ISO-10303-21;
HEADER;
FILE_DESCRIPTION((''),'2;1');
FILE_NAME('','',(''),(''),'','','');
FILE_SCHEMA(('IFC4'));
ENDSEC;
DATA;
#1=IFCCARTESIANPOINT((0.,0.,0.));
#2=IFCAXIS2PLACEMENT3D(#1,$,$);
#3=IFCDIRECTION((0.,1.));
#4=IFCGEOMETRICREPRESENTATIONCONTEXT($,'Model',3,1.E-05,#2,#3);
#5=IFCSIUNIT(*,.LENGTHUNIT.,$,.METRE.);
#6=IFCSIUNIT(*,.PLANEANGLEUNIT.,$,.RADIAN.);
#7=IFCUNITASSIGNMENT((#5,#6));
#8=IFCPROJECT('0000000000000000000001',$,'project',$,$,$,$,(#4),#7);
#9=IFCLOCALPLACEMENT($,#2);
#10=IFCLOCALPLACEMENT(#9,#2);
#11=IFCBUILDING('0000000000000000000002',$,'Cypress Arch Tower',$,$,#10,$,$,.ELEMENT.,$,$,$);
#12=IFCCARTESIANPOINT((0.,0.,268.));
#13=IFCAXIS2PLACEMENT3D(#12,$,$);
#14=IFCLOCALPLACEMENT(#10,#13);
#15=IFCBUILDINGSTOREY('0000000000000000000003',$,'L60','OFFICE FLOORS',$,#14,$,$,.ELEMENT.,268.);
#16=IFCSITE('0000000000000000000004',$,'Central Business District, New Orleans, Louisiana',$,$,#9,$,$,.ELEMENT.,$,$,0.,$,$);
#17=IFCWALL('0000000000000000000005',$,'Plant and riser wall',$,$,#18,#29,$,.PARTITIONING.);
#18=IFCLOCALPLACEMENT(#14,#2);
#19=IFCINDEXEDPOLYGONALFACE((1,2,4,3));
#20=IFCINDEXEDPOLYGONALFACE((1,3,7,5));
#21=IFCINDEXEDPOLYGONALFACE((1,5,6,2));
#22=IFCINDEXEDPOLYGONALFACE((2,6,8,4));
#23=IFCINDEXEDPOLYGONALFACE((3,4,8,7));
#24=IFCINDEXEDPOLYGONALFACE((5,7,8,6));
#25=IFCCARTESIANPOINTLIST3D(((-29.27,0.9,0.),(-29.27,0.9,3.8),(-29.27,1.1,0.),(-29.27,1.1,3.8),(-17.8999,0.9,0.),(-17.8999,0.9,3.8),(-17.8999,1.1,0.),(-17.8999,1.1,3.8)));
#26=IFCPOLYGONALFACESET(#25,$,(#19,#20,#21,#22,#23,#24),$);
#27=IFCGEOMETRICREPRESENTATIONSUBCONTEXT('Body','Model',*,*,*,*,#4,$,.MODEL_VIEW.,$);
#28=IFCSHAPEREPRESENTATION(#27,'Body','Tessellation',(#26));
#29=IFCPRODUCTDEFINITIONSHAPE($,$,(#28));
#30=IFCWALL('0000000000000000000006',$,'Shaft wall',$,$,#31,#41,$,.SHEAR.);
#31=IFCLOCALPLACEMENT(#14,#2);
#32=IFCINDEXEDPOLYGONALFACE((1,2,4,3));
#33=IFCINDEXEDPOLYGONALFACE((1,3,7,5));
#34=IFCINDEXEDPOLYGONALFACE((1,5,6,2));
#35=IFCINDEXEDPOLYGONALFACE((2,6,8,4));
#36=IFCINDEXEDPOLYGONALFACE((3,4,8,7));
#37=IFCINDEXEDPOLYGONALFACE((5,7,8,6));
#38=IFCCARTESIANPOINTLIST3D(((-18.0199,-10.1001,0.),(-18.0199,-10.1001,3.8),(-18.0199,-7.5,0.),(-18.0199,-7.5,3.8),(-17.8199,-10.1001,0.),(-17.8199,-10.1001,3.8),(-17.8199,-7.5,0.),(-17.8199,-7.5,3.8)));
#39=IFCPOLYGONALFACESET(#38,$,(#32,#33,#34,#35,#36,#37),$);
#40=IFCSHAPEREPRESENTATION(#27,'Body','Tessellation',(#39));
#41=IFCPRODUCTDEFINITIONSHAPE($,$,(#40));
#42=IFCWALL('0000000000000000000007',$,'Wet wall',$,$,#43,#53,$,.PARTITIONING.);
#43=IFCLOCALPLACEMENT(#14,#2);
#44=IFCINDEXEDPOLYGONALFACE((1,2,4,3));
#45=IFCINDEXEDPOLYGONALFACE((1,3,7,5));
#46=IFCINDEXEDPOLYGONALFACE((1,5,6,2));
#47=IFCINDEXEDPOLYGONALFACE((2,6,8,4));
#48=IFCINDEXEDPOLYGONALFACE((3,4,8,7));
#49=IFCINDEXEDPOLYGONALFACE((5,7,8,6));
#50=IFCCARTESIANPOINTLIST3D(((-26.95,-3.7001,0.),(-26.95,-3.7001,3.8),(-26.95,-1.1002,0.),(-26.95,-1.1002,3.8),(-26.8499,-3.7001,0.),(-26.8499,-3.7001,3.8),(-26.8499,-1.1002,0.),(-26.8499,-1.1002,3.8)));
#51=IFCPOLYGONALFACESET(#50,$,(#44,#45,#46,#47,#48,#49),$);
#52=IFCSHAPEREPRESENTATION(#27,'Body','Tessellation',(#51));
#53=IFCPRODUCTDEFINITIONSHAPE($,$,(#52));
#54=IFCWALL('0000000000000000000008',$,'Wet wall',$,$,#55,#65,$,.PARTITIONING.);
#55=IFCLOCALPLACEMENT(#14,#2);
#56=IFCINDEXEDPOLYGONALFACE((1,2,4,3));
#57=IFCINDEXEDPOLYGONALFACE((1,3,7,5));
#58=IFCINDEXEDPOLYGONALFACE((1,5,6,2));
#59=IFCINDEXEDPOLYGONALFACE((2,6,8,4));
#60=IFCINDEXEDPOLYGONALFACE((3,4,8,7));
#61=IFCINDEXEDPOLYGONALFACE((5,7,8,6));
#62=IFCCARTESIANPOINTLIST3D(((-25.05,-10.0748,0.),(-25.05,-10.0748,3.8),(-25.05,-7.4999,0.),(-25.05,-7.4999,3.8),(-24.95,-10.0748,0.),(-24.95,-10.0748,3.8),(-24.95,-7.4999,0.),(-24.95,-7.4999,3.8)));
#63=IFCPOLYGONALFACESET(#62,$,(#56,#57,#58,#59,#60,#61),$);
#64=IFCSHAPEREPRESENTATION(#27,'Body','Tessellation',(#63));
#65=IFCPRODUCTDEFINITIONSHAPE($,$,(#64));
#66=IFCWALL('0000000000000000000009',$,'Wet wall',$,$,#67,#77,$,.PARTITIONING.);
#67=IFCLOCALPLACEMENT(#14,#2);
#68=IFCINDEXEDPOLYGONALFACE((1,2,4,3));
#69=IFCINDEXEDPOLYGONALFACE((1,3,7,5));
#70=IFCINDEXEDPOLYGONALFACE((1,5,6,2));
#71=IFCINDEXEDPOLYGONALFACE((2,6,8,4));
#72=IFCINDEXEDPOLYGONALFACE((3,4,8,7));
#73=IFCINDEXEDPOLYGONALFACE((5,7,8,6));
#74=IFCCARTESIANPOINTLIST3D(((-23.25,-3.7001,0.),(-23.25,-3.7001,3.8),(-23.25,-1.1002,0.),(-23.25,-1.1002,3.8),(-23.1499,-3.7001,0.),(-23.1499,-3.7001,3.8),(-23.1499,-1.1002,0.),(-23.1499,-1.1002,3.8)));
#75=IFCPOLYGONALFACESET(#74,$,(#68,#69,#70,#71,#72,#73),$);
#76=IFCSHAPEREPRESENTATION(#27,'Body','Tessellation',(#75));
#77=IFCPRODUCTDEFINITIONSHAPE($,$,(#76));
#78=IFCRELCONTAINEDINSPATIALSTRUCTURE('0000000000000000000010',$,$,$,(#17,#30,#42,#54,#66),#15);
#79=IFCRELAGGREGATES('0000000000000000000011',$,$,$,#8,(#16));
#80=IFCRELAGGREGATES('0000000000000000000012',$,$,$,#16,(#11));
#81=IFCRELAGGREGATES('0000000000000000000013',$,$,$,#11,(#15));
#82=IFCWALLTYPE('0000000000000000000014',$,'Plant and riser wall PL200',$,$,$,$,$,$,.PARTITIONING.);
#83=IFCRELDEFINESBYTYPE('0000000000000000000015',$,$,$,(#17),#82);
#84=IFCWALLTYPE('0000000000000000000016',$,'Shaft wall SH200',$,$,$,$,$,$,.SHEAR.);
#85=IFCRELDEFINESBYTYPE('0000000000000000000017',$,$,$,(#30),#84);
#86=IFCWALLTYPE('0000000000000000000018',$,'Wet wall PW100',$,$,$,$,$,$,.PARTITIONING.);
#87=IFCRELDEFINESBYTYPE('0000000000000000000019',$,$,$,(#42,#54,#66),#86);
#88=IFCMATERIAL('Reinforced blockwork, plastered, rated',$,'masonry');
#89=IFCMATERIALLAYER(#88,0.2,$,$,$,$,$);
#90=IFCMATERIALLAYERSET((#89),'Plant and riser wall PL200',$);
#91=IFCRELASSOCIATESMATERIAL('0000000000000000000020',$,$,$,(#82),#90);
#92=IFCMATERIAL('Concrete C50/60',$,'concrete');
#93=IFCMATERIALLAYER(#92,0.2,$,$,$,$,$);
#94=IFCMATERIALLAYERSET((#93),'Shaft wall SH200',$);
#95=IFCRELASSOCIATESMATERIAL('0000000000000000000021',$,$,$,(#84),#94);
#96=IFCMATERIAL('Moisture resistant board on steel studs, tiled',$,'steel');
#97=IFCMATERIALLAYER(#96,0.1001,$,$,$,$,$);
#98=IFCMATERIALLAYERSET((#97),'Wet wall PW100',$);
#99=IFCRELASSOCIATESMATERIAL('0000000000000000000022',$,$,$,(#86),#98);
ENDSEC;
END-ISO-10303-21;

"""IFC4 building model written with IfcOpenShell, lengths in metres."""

from ifc_helpers import new_model, si_unit, direction, frame, frame_2d, origin, place, context, subcontext, project, spatial, rectangle, extrude, material, layer, layer_set, type_object, element, save


model = new_model("IFC4")

# Units and contexts
model_context = context("Model", 3, precision=1e-05, world=origin(), true_north=direction((0.0, 1.0)))
body_context = subcontext(model_context, "Body", "Model", "MODEL_VIEW")
ifc_project = project(units=[si_unit("LENGTHUNIT", "METRE"), si_unit("PLANEANGLEUNIT", "RADIAN")], contexts=[model_context])

# Site, building, storey
site_placement = place(None, origin())
site = spatial("IfcSite", under=ifc_project, at=site_placement, Name="Central Business District, New Orleans, Louisiana", CompositionType="ELEMENT", RefElevation=0.0)
building_placement = place(site_placement, origin())
building = spatial("IfcBuilding", under=site, at=building_placement, Name="Cypress Arch Tower", CompositionType="ELEMENT")
storey_placement = place(building_placement, frame((0.0, 0.0, 268.0)))
storey = spatial("IfcBuildingStorey", under=building, at=storey_placement, Name="L60", Description="OFFICE FLOORS", CompositionType="ELEMENT", Elevation=268.0)

# Walls
ifc_material_1 = material(Name="Reinforced blockwork, plastered, rated", Category="masonry")
ifc_layer_1 = layer(ifc_material_1, 0.2)
ifc_layer_set_1 = layer_set([ifc_layer_1], Name="Plant and riser wall PL200")
wall_type_1 = type_object("IfcWallType", Name="Plant and riser wall PL200", PredefinedType="PARTITIONING", material=ifc_layer_set_1)
wall_1_placement = place(storey_placement, frame((-29.27, 1.0, 0.0), z_axis=(0.0, 0.0, 1.0), x_axis=(1.0, 0.0, 0.0)))
element("IfcWall", 1, at=wall_1_placement, inside=storey, type_object=wall_type_1, Name="Plant and riser wall", PredefinedType="PARTITIONING", context=body_context, shape_type="SweptSolid", body=[
    extrude(rectangle(XDim=11.3701, YDim=0.2, at=frame_2d((5.6851, 0.0))), origin(), (0.0, 0.0, 1.0), 3.8),
])
ifc_material_2 = material(Name="Concrete C50/60", Category="concrete")
ifc_layer_2 = layer(ifc_material_2, 0.2)
ifc_layer_set_2 = layer_set([ifc_layer_2], Name="Shaft wall SH200")
wall_type_2 = type_object("IfcWallType", Name="Shaft wall SH200", PredefinedType="SHEAR", material=ifc_layer_set_2)
wall_2_placement = place(storey_placement, frame((-17.9199, -10.1001, 0.0), z_axis=(0.0, 0.0, 1.0), x_axis=(0.0, 1.0, 0.0)))
element("IfcWall", 2, at=wall_2_placement, inside=storey, type_object=wall_type_2, Name="Shaft wall", PredefinedType="SHEAR", context=body_context, shape_type="SweptSolid", body=[
    extrude(rectangle(XDim=2.6001, YDim=0.2, at=frame_2d((1.3, 0.0))), origin(), (0.0, 0.0, 1.0), 3.8),
])
ifc_material_3 = material(Name="Moisture resistant board on steel studs, tiled", Category="steel")
ifc_layer_3 = layer(ifc_material_3, 0.1001)
ifc_layer_set_3 = layer_set([ifc_layer_3], Name="Wet wall PW100")
wall_type_3 = type_object("IfcWallType", Name="Wet wall PW100", PredefinedType="PARTITIONING", material=ifc_layer_set_3)
wall_3_placement = place(storey_placement, frame((-26.8999, -3.7, 0.0), z_axis=(0.0, 0.0, 1.0), x_axis=(0.0, 1.0, 0.0)))
element("IfcWall", 3, at=wall_3_placement, inside=storey, type_object=wall_type_3, Name="Wet wall", PredefinedType="PARTITIONING", context=body_context, shape_type="SweptSolid", body=[
    extrude(rectangle(XDim=2.5999, YDim=0.1001, at=frame_2d((1.2998, 0.0))), origin(), (0.0, 0.0, 1.0), 3.8),
])
wall_4_placement = place(storey_placement, frame((-25.0, -10.075, 0.0), z_axis=(0.0, 0.0, 1.0), x_axis=(0.0, 1.0, 0.0)))
element("IfcWall", 4, at=wall_4_placement, inside=storey, type_object=wall_type_3, Name="Wet wall", PredefinedType="PARTITIONING", context=body_context, shape_type="SweptSolid", body=[
    extrude(rectangle(XDim=2.575, YDim=0.1001, at=frame_2d((1.2876, 0.0))), origin(), (0.0, 0.0, 1.0), 3.8),
])
wall_5_placement = place(storey_placement, frame((-23.2, -3.7, 0.0), z_axis=(0.0, 0.0, 1.0), x_axis=(0.0, 1.0, 0.0)))
element("IfcWall", 5, at=wall_5_placement, inside=storey, type_object=wall_type_3, Name="Wet wall", PredefinedType="PARTITIONING", context=body_context, shape_type="SweptSolid", body=[
    extrude(rectangle(XDim=2.5999, YDim=0.1001, at=frame_2d((1.2998, 0.0))), origin(), (0.0, 0.0, 1.0), 3.8),
])

save(model, "model.ifc")
